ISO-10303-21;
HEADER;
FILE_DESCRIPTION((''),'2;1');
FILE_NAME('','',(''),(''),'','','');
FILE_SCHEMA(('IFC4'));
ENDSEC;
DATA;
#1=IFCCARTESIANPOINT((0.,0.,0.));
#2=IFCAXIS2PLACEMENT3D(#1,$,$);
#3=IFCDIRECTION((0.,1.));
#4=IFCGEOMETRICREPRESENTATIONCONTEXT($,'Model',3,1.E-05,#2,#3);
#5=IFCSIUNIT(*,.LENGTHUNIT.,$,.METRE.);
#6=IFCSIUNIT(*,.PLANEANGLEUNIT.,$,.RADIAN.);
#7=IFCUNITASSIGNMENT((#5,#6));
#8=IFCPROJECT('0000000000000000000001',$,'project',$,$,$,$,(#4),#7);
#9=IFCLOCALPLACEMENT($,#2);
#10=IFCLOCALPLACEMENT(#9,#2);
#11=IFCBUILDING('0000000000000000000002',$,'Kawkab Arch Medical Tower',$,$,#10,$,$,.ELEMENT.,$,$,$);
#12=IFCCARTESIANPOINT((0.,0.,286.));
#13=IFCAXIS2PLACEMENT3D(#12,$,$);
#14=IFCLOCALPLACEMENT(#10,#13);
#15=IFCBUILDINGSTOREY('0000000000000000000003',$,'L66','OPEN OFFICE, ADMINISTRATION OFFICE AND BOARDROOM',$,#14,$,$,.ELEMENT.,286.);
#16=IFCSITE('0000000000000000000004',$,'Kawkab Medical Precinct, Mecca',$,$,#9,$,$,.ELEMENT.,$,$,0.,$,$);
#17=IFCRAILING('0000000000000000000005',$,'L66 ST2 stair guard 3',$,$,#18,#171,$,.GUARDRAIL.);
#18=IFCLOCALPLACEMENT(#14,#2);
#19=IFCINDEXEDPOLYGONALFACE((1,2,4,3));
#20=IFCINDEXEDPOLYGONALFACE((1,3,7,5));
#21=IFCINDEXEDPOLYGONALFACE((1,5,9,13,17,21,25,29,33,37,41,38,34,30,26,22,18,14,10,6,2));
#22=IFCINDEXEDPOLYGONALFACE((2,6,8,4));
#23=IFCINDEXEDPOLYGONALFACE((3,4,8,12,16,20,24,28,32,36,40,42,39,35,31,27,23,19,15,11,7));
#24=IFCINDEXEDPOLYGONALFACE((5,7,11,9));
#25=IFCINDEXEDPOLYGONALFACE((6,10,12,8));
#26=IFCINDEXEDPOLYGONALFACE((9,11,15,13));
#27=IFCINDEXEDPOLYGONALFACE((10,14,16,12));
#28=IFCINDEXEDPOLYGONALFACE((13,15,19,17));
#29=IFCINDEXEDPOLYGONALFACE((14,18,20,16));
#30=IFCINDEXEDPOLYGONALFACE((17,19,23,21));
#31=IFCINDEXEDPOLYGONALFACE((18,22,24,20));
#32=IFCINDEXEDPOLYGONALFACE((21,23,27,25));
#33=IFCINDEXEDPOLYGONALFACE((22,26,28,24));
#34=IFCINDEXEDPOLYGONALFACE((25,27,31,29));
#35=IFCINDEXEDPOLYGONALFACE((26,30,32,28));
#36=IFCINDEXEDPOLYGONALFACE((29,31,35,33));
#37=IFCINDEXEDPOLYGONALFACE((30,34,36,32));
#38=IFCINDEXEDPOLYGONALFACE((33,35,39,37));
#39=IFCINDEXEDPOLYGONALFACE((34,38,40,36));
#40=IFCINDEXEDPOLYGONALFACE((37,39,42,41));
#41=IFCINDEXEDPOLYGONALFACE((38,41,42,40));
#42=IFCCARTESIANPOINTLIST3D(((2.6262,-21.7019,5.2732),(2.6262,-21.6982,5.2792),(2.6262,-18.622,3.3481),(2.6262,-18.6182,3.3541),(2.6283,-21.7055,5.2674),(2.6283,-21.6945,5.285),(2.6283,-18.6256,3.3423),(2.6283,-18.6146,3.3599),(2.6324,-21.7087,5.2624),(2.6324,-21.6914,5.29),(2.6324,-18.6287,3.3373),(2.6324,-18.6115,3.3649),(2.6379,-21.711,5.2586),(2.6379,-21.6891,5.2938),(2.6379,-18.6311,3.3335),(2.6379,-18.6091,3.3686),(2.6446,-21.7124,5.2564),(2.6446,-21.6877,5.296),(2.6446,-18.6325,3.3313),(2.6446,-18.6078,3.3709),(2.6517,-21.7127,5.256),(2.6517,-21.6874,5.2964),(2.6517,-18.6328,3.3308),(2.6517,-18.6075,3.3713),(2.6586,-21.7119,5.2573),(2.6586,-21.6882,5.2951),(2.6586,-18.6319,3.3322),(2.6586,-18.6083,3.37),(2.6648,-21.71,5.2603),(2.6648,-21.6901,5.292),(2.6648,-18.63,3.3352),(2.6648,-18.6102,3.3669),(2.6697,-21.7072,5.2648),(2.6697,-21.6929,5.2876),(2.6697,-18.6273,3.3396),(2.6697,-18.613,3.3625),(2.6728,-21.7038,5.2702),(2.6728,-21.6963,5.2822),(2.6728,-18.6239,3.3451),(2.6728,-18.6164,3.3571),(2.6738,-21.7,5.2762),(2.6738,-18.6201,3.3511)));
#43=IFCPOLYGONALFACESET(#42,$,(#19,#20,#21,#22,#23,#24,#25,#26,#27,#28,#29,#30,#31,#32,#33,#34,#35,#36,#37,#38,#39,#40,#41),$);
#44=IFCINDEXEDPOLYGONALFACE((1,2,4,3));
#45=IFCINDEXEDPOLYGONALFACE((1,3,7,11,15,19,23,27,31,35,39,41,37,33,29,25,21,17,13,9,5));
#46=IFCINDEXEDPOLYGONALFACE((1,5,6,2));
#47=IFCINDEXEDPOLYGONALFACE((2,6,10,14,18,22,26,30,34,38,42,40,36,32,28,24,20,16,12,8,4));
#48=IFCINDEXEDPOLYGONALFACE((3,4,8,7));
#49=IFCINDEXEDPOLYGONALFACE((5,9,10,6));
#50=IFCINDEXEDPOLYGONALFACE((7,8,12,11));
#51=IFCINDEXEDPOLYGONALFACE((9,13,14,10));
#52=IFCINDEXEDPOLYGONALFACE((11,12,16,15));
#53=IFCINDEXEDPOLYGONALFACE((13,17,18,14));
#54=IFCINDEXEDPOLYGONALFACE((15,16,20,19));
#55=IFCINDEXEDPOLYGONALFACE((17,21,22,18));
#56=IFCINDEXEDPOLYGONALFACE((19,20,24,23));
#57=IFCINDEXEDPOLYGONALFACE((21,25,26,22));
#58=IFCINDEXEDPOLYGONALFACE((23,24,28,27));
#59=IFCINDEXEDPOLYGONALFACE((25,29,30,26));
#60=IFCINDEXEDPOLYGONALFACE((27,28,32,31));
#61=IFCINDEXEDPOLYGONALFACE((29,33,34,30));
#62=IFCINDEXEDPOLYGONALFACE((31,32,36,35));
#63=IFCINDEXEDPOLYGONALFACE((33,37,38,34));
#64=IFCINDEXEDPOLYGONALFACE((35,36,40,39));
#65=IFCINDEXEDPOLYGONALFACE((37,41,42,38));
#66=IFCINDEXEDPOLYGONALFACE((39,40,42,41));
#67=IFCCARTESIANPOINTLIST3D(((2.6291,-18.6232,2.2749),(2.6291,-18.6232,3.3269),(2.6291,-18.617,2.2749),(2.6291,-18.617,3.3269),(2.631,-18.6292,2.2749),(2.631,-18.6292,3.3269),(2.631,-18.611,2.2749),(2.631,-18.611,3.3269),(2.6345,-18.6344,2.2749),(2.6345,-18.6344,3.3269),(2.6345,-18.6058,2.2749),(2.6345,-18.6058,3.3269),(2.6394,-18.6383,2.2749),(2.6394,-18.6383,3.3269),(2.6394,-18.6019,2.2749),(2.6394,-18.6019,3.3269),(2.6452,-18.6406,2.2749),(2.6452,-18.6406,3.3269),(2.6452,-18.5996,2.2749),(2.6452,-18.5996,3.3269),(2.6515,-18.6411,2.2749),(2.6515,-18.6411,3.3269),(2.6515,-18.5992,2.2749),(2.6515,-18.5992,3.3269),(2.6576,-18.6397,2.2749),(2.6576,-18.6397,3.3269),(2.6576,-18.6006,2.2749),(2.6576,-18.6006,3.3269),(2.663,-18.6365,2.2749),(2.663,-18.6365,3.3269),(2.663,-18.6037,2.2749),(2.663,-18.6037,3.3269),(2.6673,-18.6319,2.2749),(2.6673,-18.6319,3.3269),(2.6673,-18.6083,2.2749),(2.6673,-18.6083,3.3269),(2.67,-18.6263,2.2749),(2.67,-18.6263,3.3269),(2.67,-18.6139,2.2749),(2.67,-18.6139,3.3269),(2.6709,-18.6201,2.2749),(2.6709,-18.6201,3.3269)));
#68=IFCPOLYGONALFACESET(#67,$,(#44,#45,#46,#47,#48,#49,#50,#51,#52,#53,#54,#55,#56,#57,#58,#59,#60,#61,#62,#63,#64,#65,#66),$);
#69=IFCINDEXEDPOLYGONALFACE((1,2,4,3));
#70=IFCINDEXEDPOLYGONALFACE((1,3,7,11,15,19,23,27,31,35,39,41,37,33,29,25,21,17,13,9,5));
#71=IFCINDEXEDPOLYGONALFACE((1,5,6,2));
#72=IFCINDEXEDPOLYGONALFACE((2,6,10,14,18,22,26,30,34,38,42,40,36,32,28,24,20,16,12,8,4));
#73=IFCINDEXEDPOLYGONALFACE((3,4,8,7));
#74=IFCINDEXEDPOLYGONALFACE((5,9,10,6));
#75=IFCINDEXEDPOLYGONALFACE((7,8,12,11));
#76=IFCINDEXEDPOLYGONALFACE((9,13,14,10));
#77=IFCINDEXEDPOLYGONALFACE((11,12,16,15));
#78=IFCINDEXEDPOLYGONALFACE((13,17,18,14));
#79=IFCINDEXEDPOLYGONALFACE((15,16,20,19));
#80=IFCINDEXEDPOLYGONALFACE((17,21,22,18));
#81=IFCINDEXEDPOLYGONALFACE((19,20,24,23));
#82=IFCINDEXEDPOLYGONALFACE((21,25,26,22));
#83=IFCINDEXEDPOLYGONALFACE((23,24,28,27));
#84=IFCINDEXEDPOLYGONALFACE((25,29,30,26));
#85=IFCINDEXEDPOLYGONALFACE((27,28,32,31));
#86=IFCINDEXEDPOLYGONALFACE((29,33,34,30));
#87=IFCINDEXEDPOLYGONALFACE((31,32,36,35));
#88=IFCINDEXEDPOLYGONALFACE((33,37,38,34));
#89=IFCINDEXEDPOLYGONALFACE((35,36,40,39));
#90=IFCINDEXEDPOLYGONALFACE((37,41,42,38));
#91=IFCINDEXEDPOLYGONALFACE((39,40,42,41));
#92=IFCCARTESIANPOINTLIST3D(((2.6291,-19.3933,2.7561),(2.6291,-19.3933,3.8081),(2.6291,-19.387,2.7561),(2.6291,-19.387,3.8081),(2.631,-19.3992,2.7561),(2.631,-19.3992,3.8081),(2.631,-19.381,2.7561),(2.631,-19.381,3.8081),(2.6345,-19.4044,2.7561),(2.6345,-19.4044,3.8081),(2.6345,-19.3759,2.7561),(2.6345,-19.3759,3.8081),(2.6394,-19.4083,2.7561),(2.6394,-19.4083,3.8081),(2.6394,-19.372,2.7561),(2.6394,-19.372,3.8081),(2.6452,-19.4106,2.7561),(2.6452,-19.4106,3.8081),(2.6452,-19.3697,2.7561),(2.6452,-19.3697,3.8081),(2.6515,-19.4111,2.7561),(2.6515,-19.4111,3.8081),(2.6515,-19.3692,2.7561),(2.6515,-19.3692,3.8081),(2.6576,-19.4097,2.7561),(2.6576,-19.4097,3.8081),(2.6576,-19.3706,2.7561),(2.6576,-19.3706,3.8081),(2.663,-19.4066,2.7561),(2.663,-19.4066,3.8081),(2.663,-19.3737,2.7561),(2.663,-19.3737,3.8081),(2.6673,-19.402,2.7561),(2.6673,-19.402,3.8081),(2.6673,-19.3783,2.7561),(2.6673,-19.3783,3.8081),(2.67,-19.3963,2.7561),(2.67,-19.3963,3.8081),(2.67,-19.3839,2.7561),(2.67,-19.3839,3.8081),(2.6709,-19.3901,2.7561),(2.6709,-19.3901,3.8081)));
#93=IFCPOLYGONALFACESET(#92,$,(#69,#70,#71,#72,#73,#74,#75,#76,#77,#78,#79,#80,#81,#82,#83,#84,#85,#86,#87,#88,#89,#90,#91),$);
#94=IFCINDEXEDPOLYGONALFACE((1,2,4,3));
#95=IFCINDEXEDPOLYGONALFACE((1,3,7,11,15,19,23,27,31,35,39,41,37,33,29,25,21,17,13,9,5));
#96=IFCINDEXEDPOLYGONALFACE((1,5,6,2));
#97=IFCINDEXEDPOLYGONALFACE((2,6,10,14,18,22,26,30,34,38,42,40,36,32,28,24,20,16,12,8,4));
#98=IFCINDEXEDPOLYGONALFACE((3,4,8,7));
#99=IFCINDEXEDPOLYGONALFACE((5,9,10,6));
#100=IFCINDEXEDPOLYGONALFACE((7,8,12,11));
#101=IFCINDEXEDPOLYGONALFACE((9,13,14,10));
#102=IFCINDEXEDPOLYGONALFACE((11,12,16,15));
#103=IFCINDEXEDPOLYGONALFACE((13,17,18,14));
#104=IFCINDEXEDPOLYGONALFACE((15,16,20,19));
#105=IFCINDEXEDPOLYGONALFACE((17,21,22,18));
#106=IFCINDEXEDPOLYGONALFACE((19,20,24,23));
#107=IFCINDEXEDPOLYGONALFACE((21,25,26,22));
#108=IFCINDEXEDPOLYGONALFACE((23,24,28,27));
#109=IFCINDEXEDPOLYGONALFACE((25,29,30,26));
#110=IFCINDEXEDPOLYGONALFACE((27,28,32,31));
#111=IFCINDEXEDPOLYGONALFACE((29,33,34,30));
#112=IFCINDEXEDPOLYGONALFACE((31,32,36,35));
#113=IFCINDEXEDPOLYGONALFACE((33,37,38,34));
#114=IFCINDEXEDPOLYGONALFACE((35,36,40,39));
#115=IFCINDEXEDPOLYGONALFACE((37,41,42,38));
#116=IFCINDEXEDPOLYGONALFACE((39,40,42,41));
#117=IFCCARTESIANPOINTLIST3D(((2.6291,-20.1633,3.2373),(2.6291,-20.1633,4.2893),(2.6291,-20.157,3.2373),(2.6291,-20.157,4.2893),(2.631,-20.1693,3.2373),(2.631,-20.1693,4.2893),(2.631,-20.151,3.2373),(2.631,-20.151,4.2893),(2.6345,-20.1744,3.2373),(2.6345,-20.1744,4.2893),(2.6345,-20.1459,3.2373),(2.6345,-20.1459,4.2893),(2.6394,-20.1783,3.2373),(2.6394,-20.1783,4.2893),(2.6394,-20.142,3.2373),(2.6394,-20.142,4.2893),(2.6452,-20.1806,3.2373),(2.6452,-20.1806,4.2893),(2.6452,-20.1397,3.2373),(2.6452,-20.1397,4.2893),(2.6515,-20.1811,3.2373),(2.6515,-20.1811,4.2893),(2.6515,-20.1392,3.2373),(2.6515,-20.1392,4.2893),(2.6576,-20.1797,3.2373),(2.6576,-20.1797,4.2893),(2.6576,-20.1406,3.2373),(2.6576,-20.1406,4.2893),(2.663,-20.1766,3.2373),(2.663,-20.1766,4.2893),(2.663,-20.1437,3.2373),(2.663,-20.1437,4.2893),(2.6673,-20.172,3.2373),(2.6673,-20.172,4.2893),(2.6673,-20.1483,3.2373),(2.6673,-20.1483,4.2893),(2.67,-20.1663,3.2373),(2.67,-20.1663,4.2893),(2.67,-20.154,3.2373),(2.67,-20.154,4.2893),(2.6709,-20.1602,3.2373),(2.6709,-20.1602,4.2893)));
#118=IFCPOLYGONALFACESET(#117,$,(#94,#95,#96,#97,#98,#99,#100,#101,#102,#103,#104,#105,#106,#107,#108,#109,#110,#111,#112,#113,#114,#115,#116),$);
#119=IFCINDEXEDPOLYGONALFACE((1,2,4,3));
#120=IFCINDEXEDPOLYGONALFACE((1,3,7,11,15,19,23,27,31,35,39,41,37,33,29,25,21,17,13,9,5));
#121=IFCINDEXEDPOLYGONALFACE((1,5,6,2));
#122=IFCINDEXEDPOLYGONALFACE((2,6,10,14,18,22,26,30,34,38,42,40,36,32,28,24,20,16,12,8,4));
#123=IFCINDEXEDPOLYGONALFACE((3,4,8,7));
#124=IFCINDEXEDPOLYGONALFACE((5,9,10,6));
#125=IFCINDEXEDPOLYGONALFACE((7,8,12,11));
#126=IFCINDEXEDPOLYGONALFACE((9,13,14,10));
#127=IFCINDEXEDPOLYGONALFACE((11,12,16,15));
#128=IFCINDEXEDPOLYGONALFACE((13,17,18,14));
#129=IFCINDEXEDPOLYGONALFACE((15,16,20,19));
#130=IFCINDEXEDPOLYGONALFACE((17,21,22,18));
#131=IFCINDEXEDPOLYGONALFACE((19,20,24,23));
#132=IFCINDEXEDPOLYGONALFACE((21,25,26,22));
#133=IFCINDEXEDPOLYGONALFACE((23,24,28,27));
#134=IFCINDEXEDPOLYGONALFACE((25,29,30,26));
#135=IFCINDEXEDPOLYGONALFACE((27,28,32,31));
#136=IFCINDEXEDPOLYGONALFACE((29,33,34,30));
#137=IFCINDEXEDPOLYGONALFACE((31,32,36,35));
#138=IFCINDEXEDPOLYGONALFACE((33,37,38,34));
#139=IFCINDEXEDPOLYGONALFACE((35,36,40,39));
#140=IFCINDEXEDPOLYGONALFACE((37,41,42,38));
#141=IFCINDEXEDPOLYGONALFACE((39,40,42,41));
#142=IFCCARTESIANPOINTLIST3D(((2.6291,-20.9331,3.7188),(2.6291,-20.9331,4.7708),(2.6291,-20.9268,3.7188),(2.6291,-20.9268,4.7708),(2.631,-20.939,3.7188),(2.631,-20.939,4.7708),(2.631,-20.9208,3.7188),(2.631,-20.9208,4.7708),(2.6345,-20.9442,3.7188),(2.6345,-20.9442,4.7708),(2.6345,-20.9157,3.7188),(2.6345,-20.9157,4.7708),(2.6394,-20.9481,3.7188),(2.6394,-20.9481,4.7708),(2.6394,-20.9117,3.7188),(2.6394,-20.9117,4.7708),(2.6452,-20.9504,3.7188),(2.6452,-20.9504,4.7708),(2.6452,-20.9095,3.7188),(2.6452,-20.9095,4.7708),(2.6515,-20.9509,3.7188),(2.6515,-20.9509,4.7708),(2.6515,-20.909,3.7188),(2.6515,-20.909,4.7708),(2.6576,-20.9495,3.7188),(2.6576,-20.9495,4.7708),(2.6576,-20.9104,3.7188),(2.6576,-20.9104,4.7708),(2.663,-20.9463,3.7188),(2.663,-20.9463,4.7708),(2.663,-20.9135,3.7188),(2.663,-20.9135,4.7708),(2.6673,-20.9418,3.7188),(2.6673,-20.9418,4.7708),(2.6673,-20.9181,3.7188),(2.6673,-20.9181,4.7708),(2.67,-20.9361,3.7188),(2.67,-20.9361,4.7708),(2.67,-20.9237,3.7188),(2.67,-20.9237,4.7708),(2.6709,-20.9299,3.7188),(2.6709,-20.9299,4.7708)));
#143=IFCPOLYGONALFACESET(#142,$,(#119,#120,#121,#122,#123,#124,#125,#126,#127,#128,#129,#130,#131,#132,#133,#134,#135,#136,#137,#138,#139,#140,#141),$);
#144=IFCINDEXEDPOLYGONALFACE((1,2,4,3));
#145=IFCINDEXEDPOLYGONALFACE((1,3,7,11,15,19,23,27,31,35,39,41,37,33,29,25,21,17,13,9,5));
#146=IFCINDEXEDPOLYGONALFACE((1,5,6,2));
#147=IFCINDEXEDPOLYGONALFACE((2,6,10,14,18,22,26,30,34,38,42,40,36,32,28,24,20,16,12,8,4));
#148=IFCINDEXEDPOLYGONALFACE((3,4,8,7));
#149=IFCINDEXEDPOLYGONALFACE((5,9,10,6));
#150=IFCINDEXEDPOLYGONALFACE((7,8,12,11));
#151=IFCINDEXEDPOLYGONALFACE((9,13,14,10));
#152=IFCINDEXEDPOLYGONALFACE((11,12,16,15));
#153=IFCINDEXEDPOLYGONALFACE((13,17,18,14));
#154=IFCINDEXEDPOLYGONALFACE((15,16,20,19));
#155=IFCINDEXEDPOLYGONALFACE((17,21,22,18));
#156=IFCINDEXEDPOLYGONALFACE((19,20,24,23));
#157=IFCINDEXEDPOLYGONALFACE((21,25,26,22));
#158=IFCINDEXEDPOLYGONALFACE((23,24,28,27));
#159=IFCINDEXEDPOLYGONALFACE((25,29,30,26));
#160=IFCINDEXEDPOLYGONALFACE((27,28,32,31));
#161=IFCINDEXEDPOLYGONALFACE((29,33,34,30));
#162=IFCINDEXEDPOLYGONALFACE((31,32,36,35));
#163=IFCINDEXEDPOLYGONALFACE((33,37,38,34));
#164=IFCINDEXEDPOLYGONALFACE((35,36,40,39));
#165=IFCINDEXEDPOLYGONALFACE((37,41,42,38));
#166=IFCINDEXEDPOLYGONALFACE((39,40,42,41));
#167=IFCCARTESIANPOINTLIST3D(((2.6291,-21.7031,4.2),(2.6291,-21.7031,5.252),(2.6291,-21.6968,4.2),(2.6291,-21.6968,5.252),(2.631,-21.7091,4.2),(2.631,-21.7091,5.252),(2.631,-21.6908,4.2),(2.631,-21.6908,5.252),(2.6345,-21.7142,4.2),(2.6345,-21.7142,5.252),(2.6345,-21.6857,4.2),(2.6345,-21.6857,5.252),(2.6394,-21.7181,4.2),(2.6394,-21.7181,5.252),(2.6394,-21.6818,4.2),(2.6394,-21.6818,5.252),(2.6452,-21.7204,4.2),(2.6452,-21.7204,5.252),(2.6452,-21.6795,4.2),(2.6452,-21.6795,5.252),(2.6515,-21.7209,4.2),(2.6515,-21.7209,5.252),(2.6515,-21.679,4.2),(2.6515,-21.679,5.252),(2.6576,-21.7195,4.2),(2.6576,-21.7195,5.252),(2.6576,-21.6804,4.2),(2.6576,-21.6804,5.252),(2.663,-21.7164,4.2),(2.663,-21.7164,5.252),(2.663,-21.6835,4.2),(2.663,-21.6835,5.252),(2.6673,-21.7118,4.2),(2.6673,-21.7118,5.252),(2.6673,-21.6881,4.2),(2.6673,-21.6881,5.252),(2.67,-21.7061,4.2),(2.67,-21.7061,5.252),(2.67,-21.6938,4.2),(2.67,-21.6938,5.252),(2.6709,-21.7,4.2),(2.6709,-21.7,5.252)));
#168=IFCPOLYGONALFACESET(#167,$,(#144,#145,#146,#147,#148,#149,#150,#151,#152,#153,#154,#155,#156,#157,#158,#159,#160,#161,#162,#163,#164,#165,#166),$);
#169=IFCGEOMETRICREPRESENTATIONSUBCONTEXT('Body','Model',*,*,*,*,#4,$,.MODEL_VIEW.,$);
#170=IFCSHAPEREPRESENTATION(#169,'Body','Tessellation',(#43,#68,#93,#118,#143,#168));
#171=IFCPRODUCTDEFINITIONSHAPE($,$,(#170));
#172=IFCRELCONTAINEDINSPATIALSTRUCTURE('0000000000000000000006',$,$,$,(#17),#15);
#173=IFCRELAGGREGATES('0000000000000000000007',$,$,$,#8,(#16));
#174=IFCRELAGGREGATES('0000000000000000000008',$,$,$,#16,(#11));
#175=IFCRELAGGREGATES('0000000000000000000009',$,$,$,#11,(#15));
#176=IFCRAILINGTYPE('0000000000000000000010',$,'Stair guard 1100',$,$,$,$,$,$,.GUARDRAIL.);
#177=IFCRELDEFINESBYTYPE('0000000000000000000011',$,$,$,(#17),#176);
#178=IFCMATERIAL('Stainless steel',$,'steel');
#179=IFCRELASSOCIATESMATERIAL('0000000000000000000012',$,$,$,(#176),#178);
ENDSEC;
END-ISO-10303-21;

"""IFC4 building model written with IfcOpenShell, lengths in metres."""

from ifc_helpers import new_model, si_unit, direction, frame, origin, origin_2d, place, context, subcontext, project, spatial, circle, extrude, material, type_object, element, save


model = new_model("IFC4")

# Units and contexts
model_context = context("Model", 3, precision=1e-05, world=origin(), true_north=direction((0.0, 1.0)))
body_context = subcontext(model_context, "Body", "Model", "MODEL_VIEW")
ifc_project = project(units=[si_unit("LENGTHUNIT", "METRE"), si_unit("PLANEANGLEUNIT", "RADIAN")], contexts=[model_context])

# Site, building, storey
site_placement = place(None, origin())
site = spatial("IfcSite", under=ifc_project, at=site_placement, Name="Kawkab Medical Precinct, Mecca", CompositionType="ELEMENT", RefElevation=0.0)
building_placement = place(site_placement, origin())
building = spatial("IfcBuilding", under=site, at=building_placement, Name="Kawkab Arch Medical Tower", CompositionType="ELEMENT")
storey_placement = place(building_placement, frame((0.0, 0.0, 286.0)))
storey = spatial("IfcBuildingStorey", under=building, at=storey_placement, Name="L66", Description="OPEN OFFICE, ADMINISTRATION OFFICE AND BOARDROOM", CompositionType="ELEMENT", Elevation=286.0)

# Railing
ifc_material_1 = material(Name="Stainless steel", Category="steel")
railing_type = type_object("IfcRailingType", Name="Stair guard 1100", PredefinedType="GUARDRAIL", material=ifc_material_1)
railing_1_placement = place(storey_placement, frame((2.6499, -18.6201, 2.2749)))
element("IfcRailing", 1, at=railing_1_placement, inside=storey, type_object=railing_type, Name="L66 ST2 stair guard 3", PredefinedType="GUARDRAIL", context=body_context, shape_type="SweptSolid", body=[
    extrude(circle(Radius=0.0239, at=origin_2d()), frame((0.0, 0.0, 1.0762), z_axis=(0.0, -0.847979, 0.530029), x_axis=(1.0, 0.0, 0.0)), (0.0, 0.0, 1.0), 3.6321),
    extrude(circle(Radius=0.021, at=origin_2d()), origin(), (0.0, 0.0, 1.0), 1.052),
    extrude(circle(Radius=0.021, at=origin_2d()), frame((0.0, -0.77, 0.4812)), (0.0, 0.0, 1.0), 1.052),
    extrude(circle(Radius=0.021, at=origin_2d()), frame((0.0, -1.54, 0.9624)), (0.0, 0.0, 1.0), 1.052),
    extrude(circle(Radius=0.021, at=origin_2d()), frame((0.0, -2.3098, 1.4438)), (0.0, 0.0, 1.0), 1.052),
    extrude(circle(Radius=0.021, at=origin_2d()), frame((0.0, -3.0798, 1.925)), (0.0, 0.0, 1.0), 1.052),
])

save(model, "model.ifc")
